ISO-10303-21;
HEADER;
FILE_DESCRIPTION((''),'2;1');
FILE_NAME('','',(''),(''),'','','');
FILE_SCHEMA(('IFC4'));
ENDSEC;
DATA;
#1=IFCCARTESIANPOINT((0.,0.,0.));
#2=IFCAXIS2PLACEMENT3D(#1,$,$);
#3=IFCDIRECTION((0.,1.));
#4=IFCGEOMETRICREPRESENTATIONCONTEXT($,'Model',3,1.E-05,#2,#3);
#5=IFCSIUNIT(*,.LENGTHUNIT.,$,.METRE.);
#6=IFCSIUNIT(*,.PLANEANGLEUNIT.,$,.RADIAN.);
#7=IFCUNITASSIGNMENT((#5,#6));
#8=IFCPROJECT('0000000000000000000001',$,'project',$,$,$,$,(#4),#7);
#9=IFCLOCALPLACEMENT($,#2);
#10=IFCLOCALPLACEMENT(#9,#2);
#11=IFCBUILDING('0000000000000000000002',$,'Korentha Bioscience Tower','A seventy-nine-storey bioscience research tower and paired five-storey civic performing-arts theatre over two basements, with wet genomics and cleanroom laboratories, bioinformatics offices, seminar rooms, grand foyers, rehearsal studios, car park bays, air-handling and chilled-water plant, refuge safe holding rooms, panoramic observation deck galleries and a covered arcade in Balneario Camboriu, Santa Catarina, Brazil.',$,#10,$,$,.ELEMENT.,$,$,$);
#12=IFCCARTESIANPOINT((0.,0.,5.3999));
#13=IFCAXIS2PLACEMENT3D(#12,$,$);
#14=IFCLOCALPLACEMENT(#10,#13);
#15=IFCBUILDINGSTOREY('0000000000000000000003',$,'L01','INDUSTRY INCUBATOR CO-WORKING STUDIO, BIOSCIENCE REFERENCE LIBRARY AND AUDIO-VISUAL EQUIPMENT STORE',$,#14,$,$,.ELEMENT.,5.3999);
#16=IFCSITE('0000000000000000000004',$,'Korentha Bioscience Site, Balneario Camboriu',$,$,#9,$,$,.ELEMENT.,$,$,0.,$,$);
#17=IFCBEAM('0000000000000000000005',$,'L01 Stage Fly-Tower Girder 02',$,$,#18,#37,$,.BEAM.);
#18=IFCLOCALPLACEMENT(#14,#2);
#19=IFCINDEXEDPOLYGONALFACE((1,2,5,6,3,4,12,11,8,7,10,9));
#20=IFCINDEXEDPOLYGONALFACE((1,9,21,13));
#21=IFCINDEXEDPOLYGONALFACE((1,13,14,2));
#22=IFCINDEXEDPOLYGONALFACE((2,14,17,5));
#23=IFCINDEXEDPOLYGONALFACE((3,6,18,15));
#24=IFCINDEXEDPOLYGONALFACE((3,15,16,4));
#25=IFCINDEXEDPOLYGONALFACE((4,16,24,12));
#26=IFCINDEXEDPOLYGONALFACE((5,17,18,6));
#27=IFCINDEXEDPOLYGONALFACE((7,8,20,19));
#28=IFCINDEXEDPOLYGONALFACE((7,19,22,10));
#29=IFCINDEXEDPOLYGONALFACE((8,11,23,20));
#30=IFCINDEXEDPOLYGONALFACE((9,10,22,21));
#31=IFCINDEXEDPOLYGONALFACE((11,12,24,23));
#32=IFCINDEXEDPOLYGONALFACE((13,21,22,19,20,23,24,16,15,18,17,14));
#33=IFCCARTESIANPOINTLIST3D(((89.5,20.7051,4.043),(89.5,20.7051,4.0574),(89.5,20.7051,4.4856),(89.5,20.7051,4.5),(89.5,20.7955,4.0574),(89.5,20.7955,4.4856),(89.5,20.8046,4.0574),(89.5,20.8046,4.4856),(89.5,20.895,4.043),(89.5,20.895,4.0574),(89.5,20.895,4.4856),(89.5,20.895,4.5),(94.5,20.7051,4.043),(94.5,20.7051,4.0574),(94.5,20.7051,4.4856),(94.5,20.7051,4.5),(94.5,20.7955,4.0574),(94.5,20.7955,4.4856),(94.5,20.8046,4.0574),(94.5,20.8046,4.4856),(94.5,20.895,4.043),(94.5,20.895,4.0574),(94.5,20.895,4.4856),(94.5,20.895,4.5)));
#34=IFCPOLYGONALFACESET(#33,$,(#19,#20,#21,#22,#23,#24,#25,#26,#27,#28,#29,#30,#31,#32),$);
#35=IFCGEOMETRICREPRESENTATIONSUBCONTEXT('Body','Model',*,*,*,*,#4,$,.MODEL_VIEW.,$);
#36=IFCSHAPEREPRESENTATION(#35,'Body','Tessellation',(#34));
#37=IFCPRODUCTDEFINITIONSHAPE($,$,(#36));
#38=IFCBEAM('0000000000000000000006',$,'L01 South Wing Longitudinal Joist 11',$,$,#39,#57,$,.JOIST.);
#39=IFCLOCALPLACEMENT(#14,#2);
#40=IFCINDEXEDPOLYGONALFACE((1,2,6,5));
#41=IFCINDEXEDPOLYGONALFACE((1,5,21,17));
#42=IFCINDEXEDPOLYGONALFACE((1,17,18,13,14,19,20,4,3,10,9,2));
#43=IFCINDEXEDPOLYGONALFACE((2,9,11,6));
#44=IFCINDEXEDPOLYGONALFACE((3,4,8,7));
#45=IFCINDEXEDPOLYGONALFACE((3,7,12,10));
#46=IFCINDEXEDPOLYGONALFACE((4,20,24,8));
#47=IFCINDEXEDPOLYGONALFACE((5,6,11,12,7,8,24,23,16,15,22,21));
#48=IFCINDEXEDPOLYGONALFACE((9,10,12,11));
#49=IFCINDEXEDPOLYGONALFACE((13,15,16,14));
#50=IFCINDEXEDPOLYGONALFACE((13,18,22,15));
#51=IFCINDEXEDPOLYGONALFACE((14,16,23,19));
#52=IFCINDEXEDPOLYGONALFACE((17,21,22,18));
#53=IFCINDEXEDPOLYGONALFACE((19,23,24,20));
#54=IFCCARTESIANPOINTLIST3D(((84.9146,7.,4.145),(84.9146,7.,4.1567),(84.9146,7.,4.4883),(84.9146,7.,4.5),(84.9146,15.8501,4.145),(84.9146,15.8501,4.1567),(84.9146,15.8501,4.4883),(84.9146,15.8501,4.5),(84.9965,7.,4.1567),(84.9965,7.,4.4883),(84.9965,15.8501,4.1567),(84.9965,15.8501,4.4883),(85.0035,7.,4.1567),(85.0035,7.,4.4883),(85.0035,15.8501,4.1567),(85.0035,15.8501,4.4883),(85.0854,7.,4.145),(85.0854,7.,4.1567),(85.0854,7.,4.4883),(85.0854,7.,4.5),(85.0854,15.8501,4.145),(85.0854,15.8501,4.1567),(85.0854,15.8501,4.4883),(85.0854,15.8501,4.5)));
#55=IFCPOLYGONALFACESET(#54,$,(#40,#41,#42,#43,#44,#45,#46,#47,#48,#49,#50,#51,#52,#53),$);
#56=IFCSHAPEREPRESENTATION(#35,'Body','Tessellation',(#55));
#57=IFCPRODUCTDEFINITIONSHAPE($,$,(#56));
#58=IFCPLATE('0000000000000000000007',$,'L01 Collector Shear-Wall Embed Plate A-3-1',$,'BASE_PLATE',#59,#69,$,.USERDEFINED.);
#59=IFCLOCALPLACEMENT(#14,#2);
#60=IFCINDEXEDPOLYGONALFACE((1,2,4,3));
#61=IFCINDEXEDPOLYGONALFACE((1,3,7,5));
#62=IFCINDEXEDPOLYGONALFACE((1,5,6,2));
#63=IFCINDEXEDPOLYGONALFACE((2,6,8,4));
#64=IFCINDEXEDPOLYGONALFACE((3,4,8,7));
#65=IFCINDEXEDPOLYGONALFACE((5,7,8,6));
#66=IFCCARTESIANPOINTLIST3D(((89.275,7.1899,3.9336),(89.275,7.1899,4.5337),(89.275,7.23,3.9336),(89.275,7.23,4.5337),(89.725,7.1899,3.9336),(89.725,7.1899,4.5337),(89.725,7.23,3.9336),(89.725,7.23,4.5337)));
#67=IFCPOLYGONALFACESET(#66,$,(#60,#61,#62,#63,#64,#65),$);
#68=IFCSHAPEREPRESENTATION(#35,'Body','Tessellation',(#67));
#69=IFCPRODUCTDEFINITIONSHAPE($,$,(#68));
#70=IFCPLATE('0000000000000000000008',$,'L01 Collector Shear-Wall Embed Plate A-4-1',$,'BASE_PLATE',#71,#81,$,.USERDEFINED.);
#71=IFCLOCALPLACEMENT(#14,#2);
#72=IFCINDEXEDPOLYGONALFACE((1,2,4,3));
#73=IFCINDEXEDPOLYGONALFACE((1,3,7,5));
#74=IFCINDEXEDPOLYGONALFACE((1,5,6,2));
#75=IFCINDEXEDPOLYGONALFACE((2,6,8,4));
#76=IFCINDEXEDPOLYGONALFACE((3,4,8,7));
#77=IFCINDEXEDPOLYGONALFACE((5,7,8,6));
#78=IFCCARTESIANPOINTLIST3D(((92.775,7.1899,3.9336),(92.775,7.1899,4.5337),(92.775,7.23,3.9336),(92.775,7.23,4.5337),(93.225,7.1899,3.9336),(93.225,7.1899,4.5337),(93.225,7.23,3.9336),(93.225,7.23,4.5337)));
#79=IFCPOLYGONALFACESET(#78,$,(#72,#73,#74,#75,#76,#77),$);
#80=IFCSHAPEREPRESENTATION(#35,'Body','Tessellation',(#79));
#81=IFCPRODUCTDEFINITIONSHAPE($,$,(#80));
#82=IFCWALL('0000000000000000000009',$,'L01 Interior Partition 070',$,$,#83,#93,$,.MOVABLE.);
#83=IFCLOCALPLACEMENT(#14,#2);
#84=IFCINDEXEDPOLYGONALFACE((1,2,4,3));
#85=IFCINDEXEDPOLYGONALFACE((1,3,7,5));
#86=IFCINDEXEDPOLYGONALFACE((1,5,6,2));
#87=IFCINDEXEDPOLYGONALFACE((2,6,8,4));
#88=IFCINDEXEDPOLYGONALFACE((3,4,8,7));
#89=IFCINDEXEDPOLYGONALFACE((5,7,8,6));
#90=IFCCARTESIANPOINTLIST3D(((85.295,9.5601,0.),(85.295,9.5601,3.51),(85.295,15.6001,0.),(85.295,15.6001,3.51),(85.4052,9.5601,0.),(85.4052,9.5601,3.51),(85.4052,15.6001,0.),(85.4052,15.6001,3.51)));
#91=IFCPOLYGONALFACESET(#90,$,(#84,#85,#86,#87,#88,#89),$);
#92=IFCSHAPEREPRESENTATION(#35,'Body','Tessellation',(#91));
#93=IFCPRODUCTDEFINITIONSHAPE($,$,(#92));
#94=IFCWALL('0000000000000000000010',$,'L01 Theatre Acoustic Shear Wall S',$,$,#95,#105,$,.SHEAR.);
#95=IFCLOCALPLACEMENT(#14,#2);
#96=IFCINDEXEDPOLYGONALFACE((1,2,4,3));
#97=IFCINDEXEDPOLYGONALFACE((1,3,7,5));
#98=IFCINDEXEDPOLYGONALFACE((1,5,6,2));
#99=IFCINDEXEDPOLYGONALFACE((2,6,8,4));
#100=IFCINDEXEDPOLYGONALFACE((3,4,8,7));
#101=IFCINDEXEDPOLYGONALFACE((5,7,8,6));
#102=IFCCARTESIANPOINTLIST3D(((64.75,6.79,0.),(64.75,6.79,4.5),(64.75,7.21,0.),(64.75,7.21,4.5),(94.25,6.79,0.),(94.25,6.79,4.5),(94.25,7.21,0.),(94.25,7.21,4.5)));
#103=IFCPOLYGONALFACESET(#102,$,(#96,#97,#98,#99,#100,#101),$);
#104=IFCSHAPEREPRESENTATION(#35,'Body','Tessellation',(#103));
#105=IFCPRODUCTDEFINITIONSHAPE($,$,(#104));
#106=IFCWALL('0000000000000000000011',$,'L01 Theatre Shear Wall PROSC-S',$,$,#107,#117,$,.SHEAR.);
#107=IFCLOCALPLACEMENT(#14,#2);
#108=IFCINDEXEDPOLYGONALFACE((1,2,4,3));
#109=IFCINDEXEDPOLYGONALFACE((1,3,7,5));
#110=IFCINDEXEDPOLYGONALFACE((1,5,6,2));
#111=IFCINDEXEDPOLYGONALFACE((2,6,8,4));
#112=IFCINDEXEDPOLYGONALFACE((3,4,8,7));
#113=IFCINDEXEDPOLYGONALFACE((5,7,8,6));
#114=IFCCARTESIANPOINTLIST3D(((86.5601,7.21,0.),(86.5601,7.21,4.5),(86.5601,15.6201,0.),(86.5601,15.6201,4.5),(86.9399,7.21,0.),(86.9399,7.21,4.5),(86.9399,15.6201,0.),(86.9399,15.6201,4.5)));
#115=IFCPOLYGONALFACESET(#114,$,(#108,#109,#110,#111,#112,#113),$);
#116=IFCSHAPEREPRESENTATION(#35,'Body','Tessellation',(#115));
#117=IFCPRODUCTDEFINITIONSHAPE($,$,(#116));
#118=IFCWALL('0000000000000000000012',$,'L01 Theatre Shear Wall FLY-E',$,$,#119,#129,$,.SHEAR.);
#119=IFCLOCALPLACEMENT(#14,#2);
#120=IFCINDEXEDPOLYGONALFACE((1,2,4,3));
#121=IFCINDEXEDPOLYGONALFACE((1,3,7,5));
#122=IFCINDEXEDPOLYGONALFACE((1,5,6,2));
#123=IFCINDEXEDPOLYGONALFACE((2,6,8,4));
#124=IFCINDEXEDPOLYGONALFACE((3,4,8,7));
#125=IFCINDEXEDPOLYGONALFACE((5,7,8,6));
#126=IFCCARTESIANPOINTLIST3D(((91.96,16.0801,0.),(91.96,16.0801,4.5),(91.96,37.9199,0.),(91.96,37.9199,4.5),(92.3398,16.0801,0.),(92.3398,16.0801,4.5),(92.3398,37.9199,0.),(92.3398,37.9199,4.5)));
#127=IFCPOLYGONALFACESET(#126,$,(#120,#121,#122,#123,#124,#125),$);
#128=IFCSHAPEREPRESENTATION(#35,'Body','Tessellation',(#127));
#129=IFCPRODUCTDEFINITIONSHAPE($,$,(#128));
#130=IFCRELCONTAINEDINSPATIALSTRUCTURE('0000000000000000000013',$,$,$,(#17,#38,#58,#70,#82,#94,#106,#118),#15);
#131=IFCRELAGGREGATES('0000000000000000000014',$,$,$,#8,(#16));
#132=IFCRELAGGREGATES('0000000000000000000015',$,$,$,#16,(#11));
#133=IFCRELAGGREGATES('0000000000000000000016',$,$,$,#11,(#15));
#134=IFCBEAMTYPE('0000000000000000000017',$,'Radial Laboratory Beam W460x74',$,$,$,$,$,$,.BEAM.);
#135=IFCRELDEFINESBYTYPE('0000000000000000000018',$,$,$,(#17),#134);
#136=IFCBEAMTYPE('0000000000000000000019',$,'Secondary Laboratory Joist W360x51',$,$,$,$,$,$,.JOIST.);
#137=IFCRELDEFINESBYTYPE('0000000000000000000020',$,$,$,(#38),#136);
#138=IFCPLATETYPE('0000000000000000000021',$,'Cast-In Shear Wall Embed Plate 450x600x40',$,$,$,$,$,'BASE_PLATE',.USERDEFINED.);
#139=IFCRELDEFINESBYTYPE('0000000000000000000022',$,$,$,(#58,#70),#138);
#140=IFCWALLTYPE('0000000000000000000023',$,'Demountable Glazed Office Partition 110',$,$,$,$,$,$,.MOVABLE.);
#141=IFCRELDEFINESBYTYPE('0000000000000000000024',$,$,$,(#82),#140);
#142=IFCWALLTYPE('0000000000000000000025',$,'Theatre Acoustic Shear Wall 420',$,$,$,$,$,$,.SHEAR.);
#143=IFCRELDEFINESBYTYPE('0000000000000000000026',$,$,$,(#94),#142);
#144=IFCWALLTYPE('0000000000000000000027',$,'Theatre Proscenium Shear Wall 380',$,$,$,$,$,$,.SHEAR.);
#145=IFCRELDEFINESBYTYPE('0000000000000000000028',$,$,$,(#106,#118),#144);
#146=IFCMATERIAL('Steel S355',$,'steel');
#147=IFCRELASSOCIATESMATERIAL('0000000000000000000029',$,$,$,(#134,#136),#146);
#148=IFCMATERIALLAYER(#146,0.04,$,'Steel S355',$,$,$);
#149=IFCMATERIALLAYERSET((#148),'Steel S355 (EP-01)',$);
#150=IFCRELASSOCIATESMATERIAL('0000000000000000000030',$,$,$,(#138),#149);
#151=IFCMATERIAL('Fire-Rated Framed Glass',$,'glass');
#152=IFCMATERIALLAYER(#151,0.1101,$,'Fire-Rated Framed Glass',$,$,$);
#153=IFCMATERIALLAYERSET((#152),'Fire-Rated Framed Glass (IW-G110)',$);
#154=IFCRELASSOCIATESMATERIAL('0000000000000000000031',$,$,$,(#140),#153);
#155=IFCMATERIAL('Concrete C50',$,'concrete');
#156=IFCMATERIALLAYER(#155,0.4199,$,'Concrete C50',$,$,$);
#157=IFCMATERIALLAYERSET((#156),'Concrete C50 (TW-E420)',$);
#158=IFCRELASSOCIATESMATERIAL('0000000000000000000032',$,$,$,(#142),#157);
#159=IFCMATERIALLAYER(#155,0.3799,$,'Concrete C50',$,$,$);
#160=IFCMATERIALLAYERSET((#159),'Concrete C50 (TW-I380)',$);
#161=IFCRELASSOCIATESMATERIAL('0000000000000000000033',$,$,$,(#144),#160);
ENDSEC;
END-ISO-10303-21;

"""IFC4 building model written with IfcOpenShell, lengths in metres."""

from ifc_helpers import new_model, si_unit, direction, frame, frame_2d, origin, origin_2d, place, context, subcontext, project, spatial, rectangle, i_section, extrude, material, layer, layer_set, material_profile, profile_set, type_object, element, save


model = new_model("IFC4")

# Units and contexts
model_context = context("Model", 3, precision=1e-05, world=origin(), true_north=direction((0.0, 1.0)))
body_context = subcontext(model_context, "Body", "Model", "MODEL_VIEW")
ifc_project = project(units=[si_unit("LENGTHUNIT", "METRE"), si_unit("PLANEANGLEUNIT", "RADIAN")], contexts=[model_context])

# Site, building, storey
site_placement = place(None, origin())
site = spatial("IfcSite", under=ifc_project, at=site_placement, Name="Korentha Bioscience Site, Balneario Camboriu", CompositionType="ELEMENT", RefElevation=0.0)
building_placement = place(site_placement, origin())
building = spatial("IfcBuilding", under=site, at=building_placement, Name="Korentha Bioscience Tower", Description="A seventy-nine-storey bioscience research tower and paired five-storey civic performing-arts theatre over two basements, with wet genomics and cleanroom laboratories, bioinformatics offices, seminar rooms, grand foyers, rehearsal studios, car park bays, air-handling and chilled-water plant, refuge safe holding rooms, panoramic observation deck galleries and a covered arcade in Balneario Camboriu, Santa Catarina, Brazil.", CompositionType="ELEMENT")
storey_placement = place(building_placement, frame((0.0, 0.0, 5.3999)))
storey = spatial("IfcBuildingStorey", under=building, at=storey_placement, Name="L01", Description="INDUSTRY INCUBATOR CO-WORKING STUDIO, BIOSCIENCE REFERENCE LIBRARY AND AUDIO-VISUAL EQUIPMENT STORE", CompositionType="ELEMENT", Elevation=5.3999)

# Shared definitions
ifc_material_1 = material(Name="Steel S355", Category="steel")
ifc_material_2 = material(Name="Concrete C50", Category="concrete")

# Beams
ifc_material_profile_1 = material_profile(ifc_material_1, i_section(OverallWidth=0.1899, OverallDepth=0.457, WebThickness=0.009, FlangeThickness=0.0144, at=origin_2d()), Name="Steel S355")
ifc_profile_set_1 = profile_set([ifc_material_profile_1], Name="Steel S355 (RB-460)")
beam_type_1 = type_object("IfcBeamType", Name="Radial Laboratory Beam W460x74", PredefinedType="BEAM", material=ifc_profile_set_1)
for number, where, z_axis, x_axis, name in (
    (1, (89.5, 20.8, 4.2715), (1.0, 0.0, 0.0), (0.0, 1.0, 0.0), "L01 Stage Fly-Tower Girder 02"),
):
    element("IfcBeam", number, at=place(storey_placement, frame(where, z_axis=z_axis, x_axis=x_axis)), inside=storey, type_object=beam_type_1, Name=name, PredefinedType="BEAM", context=body_context, shape_type="SweptSolid", body=[
        extrude(i_section(OverallWidth=0.1899, OverallDepth=0.457, WebThickness=0.009, FlangeThickness=0.0144, at=origin_2d()), origin(), (0.0, 0.0, 1.0), 5.0),
    ])
ifc_material_profile_2 = material_profile(ifc_material_1, i_section(OverallWidth=0.1709, OverallDepth=0.355, WebThickness=0.0071, FlangeThickness=0.0117, at=origin_2d()), Name="Steel S355")
ifc_profile_set_2 = profile_set([ifc_material_profile_2], Name="Steel S355 (JB-360)")
beam_type_2 = type_object("IfcBeamType", Name="Secondary Laboratory Joist W360x51", PredefinedType="JOIST", material=ifc_profile_set_2)
beam_1_placement = place(storey_placement, frame((85.0, 7.0, 4.3225), z_axis=(0.0, 1.0, 0.0), x_axis=(-1.0, 0.0, 0.0)))
element("IfcBeam", 2, at=beam_1_placement, inside=storey, type_object=beam_type_2, Name="L01 South Wing Longitudinal Joist 11", PredefinedType="JOIST", context=body_context, shape_type="SweptSolid", body=[
    extrude(i_section(OverallWidth=0.1709, OverallDepth=0.355, WebThickness=0.0071, FlangeThickness=0.0117, at=origin_2d()), origin(), (0.0, 0.0, 1.0), 8.8501),
])

# Plates
ifc_layer_1 = layer(ifc_material_1, 0.04, Name="Steel S355")
ifc_layer_set_1 = layer_set([ifc_layer_1], Name="Steel S355 (EP-01)")
plate_type = type_object("IfcPlateType", Name="Cast-In Shear Wall Embed Plate 450x600x40", ElementType="BASE_PLATE", PredefinedType="USERDEFINED", material=ifc_layer_set_1)
for number, where, z_axis, x_axis, name in (
    (3, (89.5, 7.21, 3.9336), (0.0, 0.0, 1.0), (1.0, 0.0, 0.0), "L01 Collector Shear-Wall Embed Plate A-3-1"),
    (4, (93.0, 7.21, 3.9336), (0.0, 0.0, 1.0), (1.0, 0.0, 0.0), "L01 Collector Shear-Wall Embed Plate A-4-1"),
):
    element("IfcPlate", number, at=place(storey_placement, frame(where, z_axis=z_axis, x_axis=x_axis)), inside=storey, type_object=plate_type, Name=name, ObjectType="BASE_PLATE", PredefinedType="USERDEFINED", context=body_context, shape_type="SweptSolid", body=[
        extrude(rectangle(XDim=0.45, YDim=0.04, at=origin_2d()), origin(), (0.0, 0.0, 1.0), 0.6001),
    ])

# Shared definitions
ifc_material_3 = material(Name="Fire-Rated Framed Glass", Category="glass")
ifc_layer_2 = layer(ifc_material_3, 0.1101, Name="Fire-Rated Framed Glass")
ifc_layer_set_2 = layer_set([ifc_layer_2], Name="Fire-Rated Framed Glass (IW-G110)")
wall_type_1 = type_object("IfcWallType", Name="Demountable Glazed Office Partition 110", PredefinedType="MOVABLE", material=ifc_layer_set_2)

# Walls
wall_1_placement = place(storey_placement, frame((85.3501, 15.6001, 0.0), z_axis=(0.0, 0.0, 1.0), x_axis=(0.0, -1.0, 0.0)))
element("IfcWall", 5, at=wall_1_placement, inside=storey, type_object=wall_type_1, Name="L01 Interior Partition 070", PredefinedType="MOVABLE", context=body_context, shape_type="SweptSolid", body=[
    extrude(rectangle(XDim=6.04, YDim=0.1101, at=frame_2d((3.02, 0.0))), origin(), (0.0, 0.0, 1.0), 3.51),
])
ifc_layer_3 = layer(ifc_material_2, 0.4199, Name="Concrete C50")
ifc_layer_set_3 = layer_set([ifc_layer_3], Name="Concrete C50 (TW-E420)")
wall_type_2 = type_object("IfcWallType", Name="Theatre Acoustic Shear Wall 420", PredefinedType="SHEAR", material=ifc_layer_set_3)
wall_2_placement = place(storey_placement, frame((94.25, 7.0, 0.0), z_axis=(0.0, 0.0, 1.0), x_axis=(-1.0, 0.0, 0.0)))
element("IfcWall", 6, at=wall_2_placement, inside=storey, type_object=wall_type_2, Name="L01 Theatre Acoustic Shear Wall S", PredefinedType="SHEAR", context=body_context, shape_type="SweptSolid", body=[
    extrude(rectangle(XDim=29.5, YDim=0.4199, at=frame_2d((14.75, 0.0))), origin(), (0.0, 0.0, 1.0), 4.5),
])
ifc_layer_4 = layer(ifc_material_2, 0.3799, Name="Concrete C50")
ifc_layer_set_4 = layer_set([ifc_layer_4], Name="Concrete C50 (TW-I380)")
wall_type_3 = type_object("IfcWallType", Name="Theatre Proscenium Shear Wall 380", PredefinedType="SHEAR", material=ifc_layer_set_4)
wall_3_placement = place(storey_placement, frame((86.75, 7.21, 0.0), z_axis=(0.0, 0.0, 1.0), x_axis=(0.0, 1.0, 0.0)))
element("IfcWall", 7, at=wall_3_placement, inside=storey, type_object=wall_type_3, Name="L01 Theatre Shear Wall PROSC-S", PredefinedType="SHEAR", context=body_context, shape_type="SweptSolid", body=[
    extrude(rectangle(XDim=8.4102, YDim=0.3799, at=frame_2d((4.2051, 0.0))), origin(), (0.0, 0.0, 1.0), 4.5),
])
wall_4_placement = place(storey_placement, frame((92.1499, 16.0801, 0.0), z_axis=(0.0, 0.0, 1.0), x_axis=(0.0, 1.0, 0.0)))
element("IfcWall", 8, at=wall_4_placement, inside=storey, type_object=wall_type_3, Name="L01 Theatre Shear Wall FLY-E", PredefinedType="SHEAR", context=body_context, shape_type="SweptSolid", body=[
    extrude(rectangle(XDim=21.8398, YDim=0.3799, at=frame_2d((10.9199, 0.0))), origin(), (0.0, 0.0, 1.0), 4.5),
])

save(model, "model.ifc")
